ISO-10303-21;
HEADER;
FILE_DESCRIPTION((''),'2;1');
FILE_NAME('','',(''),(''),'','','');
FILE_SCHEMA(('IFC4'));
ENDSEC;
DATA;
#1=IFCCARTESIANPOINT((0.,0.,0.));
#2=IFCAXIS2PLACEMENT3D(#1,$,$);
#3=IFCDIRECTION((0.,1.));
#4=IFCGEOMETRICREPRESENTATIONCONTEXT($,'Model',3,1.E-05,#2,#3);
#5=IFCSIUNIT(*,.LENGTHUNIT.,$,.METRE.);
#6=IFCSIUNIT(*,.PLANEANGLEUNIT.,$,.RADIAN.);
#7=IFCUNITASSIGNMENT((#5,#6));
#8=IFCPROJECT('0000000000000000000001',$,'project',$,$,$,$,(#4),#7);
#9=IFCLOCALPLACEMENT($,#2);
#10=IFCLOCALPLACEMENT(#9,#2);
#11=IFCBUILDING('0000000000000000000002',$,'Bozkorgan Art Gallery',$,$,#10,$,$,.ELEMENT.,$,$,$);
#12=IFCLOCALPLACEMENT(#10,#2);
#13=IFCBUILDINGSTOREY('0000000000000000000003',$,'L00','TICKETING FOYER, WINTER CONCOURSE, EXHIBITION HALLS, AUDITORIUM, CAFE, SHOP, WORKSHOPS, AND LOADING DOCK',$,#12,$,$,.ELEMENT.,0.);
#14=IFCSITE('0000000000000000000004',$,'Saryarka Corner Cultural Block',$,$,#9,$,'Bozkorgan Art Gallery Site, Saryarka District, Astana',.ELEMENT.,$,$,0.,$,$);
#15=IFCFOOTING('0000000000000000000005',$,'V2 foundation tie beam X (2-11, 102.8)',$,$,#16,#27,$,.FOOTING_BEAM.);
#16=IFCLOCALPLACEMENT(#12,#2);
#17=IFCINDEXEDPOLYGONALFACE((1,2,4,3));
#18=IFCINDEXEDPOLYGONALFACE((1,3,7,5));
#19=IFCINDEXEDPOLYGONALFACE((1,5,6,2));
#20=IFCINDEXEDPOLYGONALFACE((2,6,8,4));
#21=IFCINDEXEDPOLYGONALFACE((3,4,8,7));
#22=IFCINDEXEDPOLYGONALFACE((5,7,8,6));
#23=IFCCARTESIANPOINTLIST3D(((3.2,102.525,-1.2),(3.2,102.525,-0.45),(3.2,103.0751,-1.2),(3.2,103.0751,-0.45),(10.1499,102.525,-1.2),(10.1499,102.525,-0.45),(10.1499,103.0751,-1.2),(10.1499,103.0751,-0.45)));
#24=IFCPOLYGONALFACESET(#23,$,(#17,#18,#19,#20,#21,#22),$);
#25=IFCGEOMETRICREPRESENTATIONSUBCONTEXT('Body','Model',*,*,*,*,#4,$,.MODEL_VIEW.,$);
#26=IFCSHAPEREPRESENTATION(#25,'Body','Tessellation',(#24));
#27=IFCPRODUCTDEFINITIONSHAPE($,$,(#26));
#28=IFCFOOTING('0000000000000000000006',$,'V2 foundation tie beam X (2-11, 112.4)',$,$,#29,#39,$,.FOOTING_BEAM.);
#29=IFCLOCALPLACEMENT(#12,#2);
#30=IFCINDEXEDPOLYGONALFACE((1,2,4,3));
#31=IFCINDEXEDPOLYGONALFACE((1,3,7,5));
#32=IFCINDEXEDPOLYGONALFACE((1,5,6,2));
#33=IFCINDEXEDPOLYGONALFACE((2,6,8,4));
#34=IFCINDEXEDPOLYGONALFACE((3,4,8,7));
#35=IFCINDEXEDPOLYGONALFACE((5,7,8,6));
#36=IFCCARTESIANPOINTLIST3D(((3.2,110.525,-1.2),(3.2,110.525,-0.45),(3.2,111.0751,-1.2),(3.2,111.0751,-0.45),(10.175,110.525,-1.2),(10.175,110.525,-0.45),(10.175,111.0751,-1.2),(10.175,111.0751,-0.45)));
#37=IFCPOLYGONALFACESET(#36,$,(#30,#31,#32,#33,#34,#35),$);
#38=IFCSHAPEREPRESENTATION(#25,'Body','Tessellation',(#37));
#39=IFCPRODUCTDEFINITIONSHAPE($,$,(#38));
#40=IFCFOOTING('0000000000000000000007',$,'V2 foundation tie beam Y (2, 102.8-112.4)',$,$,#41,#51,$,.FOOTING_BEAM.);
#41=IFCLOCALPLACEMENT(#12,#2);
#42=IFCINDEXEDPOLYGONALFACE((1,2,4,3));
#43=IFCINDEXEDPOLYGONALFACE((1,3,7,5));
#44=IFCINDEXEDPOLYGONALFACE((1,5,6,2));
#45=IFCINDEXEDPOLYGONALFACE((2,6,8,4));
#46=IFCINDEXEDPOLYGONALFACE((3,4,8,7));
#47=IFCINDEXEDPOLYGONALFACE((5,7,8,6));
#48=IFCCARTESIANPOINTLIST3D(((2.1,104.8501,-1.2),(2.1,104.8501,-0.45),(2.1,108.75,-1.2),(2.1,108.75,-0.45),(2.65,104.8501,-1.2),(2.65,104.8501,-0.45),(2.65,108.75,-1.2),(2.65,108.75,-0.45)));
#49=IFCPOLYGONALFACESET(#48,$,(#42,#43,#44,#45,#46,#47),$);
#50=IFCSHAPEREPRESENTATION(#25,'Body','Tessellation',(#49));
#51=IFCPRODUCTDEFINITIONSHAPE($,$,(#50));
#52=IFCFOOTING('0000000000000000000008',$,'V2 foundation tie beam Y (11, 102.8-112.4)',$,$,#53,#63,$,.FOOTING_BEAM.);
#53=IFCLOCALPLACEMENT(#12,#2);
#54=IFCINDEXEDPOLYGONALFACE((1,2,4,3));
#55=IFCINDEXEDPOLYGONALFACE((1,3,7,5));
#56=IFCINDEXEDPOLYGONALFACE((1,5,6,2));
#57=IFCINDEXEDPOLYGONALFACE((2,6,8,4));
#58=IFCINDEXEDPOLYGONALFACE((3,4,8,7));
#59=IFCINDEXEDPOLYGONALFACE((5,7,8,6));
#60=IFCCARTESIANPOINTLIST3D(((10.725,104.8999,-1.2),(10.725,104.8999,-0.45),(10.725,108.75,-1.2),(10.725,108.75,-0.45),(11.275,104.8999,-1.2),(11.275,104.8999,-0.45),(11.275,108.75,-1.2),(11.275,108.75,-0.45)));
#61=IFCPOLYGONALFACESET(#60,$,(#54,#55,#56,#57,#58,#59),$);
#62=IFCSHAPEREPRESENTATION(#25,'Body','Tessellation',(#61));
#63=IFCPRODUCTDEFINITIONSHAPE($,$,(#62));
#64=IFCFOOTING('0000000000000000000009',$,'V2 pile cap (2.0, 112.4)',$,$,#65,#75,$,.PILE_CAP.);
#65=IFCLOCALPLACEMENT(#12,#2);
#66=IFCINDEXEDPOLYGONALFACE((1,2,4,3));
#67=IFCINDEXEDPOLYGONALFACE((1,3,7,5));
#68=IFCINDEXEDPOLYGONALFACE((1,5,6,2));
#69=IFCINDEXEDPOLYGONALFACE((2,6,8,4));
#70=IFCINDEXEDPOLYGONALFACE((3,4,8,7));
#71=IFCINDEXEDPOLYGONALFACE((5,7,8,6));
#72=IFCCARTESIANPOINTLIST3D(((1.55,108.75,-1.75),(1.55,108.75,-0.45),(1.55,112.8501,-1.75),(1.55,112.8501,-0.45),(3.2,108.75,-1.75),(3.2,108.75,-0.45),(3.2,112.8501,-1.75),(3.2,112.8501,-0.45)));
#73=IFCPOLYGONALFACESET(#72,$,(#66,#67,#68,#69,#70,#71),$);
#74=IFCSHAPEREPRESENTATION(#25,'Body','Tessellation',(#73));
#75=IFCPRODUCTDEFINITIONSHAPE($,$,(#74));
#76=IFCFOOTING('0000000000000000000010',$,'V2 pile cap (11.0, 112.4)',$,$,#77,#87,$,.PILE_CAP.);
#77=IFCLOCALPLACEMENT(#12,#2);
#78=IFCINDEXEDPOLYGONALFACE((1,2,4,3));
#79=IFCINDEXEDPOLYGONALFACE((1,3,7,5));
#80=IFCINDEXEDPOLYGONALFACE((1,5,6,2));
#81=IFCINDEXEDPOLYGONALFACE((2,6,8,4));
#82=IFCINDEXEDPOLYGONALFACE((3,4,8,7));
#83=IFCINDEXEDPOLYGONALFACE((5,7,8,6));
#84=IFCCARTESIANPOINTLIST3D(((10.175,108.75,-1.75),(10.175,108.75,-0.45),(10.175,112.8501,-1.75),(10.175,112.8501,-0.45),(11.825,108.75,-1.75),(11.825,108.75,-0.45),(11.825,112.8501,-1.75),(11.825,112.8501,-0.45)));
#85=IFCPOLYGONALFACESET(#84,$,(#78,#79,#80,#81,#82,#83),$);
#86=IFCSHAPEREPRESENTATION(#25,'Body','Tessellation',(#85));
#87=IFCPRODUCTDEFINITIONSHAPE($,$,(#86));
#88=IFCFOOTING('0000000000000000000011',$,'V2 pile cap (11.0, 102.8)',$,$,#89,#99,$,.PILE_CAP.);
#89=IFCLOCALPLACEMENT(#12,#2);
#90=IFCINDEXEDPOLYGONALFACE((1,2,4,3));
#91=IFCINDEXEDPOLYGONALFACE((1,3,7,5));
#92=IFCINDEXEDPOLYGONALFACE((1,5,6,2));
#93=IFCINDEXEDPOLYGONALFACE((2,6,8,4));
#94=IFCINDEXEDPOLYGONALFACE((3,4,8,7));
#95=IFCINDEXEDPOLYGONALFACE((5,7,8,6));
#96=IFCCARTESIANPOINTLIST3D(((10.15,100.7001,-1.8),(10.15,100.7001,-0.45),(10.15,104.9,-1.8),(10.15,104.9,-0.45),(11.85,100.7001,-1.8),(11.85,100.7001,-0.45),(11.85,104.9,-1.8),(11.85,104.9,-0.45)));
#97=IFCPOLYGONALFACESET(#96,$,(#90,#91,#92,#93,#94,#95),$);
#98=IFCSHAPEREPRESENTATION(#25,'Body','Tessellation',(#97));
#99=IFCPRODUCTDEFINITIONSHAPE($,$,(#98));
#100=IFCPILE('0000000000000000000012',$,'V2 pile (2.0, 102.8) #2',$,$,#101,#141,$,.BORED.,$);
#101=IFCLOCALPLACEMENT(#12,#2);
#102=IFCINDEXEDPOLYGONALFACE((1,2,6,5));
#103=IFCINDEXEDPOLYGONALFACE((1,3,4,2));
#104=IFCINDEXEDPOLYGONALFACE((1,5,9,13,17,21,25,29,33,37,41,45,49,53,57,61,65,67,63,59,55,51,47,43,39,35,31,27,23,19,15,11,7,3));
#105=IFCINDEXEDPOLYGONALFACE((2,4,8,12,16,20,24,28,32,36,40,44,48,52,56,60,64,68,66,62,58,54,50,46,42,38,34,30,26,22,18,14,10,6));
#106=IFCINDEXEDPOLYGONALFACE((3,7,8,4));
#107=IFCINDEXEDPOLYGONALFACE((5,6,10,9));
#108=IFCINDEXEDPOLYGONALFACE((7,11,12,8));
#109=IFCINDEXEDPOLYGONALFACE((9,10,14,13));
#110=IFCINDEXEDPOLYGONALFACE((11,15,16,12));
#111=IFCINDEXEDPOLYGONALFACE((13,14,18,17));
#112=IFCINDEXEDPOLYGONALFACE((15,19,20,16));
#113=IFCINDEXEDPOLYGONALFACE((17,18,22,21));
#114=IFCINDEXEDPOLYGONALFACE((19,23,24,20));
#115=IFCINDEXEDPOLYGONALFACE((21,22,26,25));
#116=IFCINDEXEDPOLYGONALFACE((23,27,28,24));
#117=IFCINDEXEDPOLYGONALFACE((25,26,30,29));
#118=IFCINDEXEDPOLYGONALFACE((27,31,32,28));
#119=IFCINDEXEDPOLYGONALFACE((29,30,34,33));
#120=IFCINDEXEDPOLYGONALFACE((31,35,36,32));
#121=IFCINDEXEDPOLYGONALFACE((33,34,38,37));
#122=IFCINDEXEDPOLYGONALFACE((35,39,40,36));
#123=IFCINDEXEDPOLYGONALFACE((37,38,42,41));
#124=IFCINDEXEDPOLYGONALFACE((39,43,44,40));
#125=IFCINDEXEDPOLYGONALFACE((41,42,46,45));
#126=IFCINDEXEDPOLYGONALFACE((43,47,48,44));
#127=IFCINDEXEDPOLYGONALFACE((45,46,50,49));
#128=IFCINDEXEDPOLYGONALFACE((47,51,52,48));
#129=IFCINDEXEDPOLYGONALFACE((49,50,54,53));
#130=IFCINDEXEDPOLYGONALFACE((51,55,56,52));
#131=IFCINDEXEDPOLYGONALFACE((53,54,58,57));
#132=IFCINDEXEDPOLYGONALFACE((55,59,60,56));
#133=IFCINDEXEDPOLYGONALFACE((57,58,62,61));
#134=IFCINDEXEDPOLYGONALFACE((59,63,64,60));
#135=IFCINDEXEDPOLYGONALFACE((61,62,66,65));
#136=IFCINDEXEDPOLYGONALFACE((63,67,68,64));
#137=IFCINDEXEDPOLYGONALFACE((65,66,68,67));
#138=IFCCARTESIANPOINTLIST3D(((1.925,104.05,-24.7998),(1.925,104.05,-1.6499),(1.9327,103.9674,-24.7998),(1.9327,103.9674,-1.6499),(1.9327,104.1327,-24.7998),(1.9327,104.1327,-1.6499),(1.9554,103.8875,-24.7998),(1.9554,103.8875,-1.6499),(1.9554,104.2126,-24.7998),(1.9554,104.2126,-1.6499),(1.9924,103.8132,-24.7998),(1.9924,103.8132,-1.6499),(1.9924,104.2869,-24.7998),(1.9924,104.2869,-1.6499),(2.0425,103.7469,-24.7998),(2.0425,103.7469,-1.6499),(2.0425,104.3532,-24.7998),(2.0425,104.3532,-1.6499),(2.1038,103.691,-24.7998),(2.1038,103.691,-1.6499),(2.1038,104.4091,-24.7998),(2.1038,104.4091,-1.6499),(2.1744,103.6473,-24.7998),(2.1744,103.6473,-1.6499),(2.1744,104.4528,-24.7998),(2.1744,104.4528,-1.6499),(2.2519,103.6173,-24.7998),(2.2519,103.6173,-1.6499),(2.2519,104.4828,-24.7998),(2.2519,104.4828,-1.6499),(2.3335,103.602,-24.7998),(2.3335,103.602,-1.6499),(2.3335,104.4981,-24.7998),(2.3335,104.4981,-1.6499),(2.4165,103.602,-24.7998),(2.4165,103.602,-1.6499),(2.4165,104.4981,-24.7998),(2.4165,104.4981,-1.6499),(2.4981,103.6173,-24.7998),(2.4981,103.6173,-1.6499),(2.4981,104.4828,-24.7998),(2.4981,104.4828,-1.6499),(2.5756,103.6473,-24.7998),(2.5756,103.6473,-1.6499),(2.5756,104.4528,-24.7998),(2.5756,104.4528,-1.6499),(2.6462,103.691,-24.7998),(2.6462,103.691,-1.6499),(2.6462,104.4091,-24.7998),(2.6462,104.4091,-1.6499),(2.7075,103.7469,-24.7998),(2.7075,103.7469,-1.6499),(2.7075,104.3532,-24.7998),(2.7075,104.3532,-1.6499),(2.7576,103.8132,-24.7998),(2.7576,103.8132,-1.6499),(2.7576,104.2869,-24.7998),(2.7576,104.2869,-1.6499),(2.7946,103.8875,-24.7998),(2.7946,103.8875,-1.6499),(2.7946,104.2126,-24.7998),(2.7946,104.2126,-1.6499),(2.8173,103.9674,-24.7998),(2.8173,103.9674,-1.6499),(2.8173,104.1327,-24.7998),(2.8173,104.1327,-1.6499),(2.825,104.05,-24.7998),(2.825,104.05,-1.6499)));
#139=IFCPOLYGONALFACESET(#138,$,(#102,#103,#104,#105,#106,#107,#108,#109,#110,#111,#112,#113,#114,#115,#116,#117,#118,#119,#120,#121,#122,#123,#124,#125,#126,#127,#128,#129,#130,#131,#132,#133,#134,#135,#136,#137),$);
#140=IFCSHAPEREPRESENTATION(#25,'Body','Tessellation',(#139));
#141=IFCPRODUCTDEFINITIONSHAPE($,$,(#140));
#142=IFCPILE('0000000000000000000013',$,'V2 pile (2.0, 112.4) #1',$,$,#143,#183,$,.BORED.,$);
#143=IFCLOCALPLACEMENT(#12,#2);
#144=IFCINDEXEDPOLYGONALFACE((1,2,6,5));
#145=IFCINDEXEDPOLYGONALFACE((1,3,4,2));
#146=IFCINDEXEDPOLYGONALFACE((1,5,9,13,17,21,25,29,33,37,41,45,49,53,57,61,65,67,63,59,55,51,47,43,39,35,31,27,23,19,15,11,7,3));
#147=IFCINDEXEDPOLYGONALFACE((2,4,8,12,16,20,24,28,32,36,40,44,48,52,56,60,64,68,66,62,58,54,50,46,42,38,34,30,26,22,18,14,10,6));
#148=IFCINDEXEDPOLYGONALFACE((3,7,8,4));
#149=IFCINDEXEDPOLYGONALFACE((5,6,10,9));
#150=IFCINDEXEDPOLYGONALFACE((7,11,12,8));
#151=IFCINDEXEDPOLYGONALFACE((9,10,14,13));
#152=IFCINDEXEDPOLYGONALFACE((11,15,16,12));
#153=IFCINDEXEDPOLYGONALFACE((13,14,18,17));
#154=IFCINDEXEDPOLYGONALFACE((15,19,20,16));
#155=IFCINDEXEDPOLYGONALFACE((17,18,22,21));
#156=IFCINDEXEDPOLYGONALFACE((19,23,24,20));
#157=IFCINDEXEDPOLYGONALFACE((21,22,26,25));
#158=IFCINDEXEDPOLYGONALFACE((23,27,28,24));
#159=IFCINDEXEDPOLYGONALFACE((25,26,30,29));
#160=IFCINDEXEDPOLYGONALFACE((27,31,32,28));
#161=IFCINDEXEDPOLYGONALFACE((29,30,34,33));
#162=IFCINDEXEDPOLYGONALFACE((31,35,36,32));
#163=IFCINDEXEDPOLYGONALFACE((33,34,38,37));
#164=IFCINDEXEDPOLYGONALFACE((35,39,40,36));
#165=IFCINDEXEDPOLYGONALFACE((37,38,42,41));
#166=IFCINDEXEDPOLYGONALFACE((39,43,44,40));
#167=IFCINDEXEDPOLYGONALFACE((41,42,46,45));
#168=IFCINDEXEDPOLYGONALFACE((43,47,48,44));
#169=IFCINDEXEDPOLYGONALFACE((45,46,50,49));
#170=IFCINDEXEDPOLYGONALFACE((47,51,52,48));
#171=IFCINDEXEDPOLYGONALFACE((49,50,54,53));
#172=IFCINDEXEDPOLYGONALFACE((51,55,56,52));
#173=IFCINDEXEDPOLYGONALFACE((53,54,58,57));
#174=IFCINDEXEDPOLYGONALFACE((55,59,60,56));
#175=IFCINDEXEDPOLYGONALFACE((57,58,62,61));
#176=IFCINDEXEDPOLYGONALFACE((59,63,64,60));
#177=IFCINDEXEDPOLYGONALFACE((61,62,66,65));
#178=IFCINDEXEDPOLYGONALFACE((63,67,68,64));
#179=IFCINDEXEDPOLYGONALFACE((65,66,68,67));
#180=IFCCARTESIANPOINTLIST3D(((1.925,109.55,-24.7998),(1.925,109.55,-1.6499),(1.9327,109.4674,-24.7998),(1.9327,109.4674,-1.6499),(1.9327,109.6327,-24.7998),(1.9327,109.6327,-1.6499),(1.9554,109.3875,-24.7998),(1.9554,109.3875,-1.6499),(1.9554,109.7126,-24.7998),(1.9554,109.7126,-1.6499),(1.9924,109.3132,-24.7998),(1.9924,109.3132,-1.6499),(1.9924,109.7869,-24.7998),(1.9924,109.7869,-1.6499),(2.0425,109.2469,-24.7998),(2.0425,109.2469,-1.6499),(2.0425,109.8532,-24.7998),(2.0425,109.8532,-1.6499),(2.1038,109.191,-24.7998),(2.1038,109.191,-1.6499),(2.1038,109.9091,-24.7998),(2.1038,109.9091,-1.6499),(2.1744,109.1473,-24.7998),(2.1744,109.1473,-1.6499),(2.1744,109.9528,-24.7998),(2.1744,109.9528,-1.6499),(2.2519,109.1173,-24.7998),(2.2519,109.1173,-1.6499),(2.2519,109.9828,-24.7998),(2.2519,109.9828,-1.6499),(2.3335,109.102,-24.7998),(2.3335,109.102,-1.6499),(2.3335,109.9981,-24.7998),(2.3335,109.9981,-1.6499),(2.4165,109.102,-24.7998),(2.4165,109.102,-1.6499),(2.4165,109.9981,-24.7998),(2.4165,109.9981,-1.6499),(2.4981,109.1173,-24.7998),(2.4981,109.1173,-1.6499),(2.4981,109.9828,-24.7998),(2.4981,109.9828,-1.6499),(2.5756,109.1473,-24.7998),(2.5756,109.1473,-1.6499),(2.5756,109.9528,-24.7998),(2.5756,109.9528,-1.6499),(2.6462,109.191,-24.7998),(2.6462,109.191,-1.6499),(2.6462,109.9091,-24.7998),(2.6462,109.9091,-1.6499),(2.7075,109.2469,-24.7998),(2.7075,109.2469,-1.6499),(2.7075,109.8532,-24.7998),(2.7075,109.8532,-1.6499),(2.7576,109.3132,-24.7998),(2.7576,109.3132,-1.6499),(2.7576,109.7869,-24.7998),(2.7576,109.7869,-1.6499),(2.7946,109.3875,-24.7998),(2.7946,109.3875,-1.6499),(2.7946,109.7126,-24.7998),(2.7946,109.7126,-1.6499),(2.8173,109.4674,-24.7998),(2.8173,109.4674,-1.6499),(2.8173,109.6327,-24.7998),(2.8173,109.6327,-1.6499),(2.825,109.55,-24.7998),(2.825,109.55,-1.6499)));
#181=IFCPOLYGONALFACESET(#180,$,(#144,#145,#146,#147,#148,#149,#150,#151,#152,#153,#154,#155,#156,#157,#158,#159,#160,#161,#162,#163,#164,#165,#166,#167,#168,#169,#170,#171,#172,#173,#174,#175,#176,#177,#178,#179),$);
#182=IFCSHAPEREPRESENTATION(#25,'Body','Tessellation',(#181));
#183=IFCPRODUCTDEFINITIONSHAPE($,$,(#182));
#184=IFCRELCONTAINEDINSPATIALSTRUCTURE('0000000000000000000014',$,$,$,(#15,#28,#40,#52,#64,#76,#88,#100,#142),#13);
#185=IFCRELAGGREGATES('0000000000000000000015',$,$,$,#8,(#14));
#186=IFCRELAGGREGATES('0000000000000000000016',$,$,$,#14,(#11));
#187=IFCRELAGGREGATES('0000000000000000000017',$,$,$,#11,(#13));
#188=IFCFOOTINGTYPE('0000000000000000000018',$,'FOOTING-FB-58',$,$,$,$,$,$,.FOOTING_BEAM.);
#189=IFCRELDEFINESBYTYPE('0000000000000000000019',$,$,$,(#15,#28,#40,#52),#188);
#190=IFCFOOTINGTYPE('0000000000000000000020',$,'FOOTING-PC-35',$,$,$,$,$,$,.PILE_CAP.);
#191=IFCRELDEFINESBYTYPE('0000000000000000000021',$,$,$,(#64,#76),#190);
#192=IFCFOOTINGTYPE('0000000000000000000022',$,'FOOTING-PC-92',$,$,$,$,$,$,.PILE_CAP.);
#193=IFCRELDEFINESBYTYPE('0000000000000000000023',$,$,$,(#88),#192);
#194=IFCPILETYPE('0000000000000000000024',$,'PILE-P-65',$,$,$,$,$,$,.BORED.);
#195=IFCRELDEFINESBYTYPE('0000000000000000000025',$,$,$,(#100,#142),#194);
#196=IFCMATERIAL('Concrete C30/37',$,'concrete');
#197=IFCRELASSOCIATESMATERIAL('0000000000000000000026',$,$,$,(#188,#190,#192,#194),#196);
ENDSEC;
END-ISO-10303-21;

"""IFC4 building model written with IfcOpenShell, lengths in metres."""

from ifc_helpers import new_model, si_unit, direction, frame, origin, origin_2d, place, context, subcontext, project, spatial, rectangle, circle, extrude, material, material_profile, profile_set, type_object, element, save


model = new_model("IFC4")

# Units and contexts
model_context = context("Model", 3, precision=1e-05, world=origin(), true_north=direction((0.0, 1.0)))
body_context = subcontext(model_context, "Body", "Model", "MODEL_VIEW")
ifc_project = project(units=[si_unit("LENGTHUNIT", "METRE"), si_unit("PLANEANGLEUNIT", "RADIAN")], contexts=[model_context])

# Site, building, storey
site_placement = place(None, origin())
site = spatial("IfcSite", under=ifc_project, at=site_placement, Name="Saryarka Corner Cultural Block", LongName="Bozkorgan Art Gallery Site, Saryarka District, Astana", CompositionType="ELEMENT", RefElevation=0.0)
building_placement = place(site_placement, origin())
building = spatial("IfcBuilding", under=site, at=building_placement, Name="Bozkorgan Art Gallery", CompositionType="ELEMENT")
storey_placement = place(building_placement, origin())
storey = spatial("IfcBuildingStorey", under=building, at=storey_placement, Name="L00", Description="TICKETING FOYER, WINTER CONCOURSE, EXHIBITION HALLS, AUDITORIUM, CAFE, SHOP, WORKSHOPS, AND LOADING DOCK", CompositionType="ELEMENT", Elevation=0.0)

# Footings
ifc_material_1 = material(Name="Concrete C30/37", Category="concrete")
ifc_material_profile_1 = material_profile(ifc_material_1, rectangle(XDim=0.55, YDim=0.75, at=origin_2d()), Name="FND 550x750")
ifc_profile_set_1 = profile_set([ifc_material_profile_1], Name="Concrete C30/37")
footing_type_1 = type_object("IfcFootingType", Name="FOOTING-FB-58", PredefinedType="FOOTING_BEAM", material=ifc_profile_set_1)
footing_1_placement = place(storey_placement, frame((3.2, 102.8, -0.825), z_axis=(1.0, 0.0, 0.0), x_axis=(0.0, 1.0, 0.0)))
element("IfcFooting", 1, at=footing_1_placement, inside=storey, type_object=footing_type_1, Name="V2 foundation tie beam X (2-11, 102.8)", PredefinedType="FOOTING_BEAM", context=body_context, shape_type="SweptSolid", body=[
    extrude(rectangle(XDim=0.55, YDim=0.75, at=origin_2d()), origin(), (0.0, 0.0, 1.0), 6.95),
])
footing_2_placement = place(storey_placement, frame((3.2, 110.8, -0.825), z_axis=(1.0, 0.0, 0.0), x_axis=(0.0, 1.0, 0.0)))
element("IfcFooting", 2, at=footing_2_placement, inside=storey, type_object=footing_type_1, Name="V2 foundation tie beam X (2-11, 112.4)", PredefinedType="FOOTING_BEAM", context=body_context, shape_type="SweptSolid", body=[
    extrude(rectangle(XDim=0.55, YDim=0.75, at=origin_2d()), origin(), (0.0, 0.0, 1.0), 6.9751),
])
footing_3_placement = place(storey_placement, frame((2.375, 104.8501, -0.825), z_axis=(0.0, 1.0, 0.0), x_axis=(-1.0, 0.0, 0.0)))
element("IfcFooting", 3, at=footing_3_placement, inside=storey, type_object=footing_type_1, Name="V2 foundation tie beam Y (2, 102.8-112.4)", PredefinedType="FOOTING_BEAM", context=body_context, shape_type="SweptSolid", body=[
    extrude(rectangle(XDim=0.55, YDim=0.75, at=origin_2d()), origin(), (0.0, 0.0, 1.0), 3.8999),
])
footing_4_placement = place(storey_placement, frame((11.0, 104.8999, -0.825), z_axis=(0.0, 1.0, 0.0), x_axis=(-1.0, 0.0, 0.0)))
element("IfcFooting", 4, at=footing_4_placement, inside=storey, type_object=footing_type_1, Name="V2 foundation tie beam Y (11, 102.8-112.4)", PredefinedType="FOOTING_BEAM", context=body_context, shape_type="SweptSolid", body=[
    extrude(rectangle(XDim=0.55, YDim=0.75, at=origin_2d()), origin(), (0.0, 0.0, 1.0), 3.8501),
])
footing_type_2 = type_object("IfcFootingType", Name="FOOTING-PC-35", PredefinedType="PILE_CAP", material=ifc_material_1)
for number, where, z_axis, x_axis, name in (
    (5, (2.375, 110.8, -1.75), (0.0, 0.0, 1.0), (1.0, 0.0, 0.0), "V2 pile cap (2.0, 112.4)"),
    (6, (11.0, 110.8, -1.75), (0.0, 0.0, 1.0), (1.0, 0.0, 0.0), "V2 pile cap (11.0, 112.4)"),
):
    element("IfcFooting", number, at=place(storey_placement, frame(where, z_axis=z_axis, x_axis=x_axis)), inside=storey, type_object=footing_type_2, Name=name, PredefinedType="PILE_CAP", context=body_context, shape_type="SweptSolid", body=[
        extrude(rectangle(XDim=1.6499, YDim=4.1001, at=origin_2d()), origin(), (0.0, 0.0, 1.0), 1.3),
    ])
footing_type_3 = type_object("IfcFootingType", Name="FOOTING-PC-92", PredefinedType="PILE_CAP", material=ifc_material_1)
footing_5_placement = place(storey_placement, frame((11.0, 102.8, -1.8), z_axis=(0.0, 0.0, 1.0), x_axis=(1.0, 0.0, 0.0)))
element("IfcFooting", 7, at=footing_5_placement, inside=storey, type_object=footing_type_3, Name="V2 pile cap (11.0, 102.8)", PredefinedType="PILE_CAP", context=body_context, shape_type="SweptSolid", body=[
    extrude(rectangle(XDim=1.7, YDim=4.2, at=origin_2d()), origin(), (0.0, 0.0, 1.0), 1.3501),
])

# Piles
ifc_material_profile_2 = material_profile(ifc_material_1, circle(Radius=0.45, at=origin_2d()), Name="PILE D900")
ifc_profile_set_2 = profile_set([ifc_material_profile_2], Name="Concrete C30/37")
pile_type = type_object("IfcPileType", Name="PILE-P-65", PredefinedType="BORED", material=ifc_profile_set_2)
for number, where, z_axis, x_axis, name in (
    (8, (2.375, 104.05, -1.6499), (0.0, 0.0, -1.0), (1.0, 0.0, 0.0), "V2 pile (2.0, 102.8) #2"),
    (9, (2.375, 109.55, -1.6499), (0.0, 0.0, -1.0), (1.0, 0.0, 0.0), "V2 pile (2.0, 112.4) #1"),
):
    element("IfcPile", number, at=place(storey_placement, frame(where, z_axis=z_axis, x_axis=x_axis)), inside=storey, type_object=pile_type, Name=name, PredefinedType="BORED", context=body_context, shape_type="SweptSolid", body=[
        extrude(circle(Radius=0.45, at=origin_2d()), origin(), (0.0, 0.0, 1.0), 23.1499),
    ])

save(model, "model.ifc")
